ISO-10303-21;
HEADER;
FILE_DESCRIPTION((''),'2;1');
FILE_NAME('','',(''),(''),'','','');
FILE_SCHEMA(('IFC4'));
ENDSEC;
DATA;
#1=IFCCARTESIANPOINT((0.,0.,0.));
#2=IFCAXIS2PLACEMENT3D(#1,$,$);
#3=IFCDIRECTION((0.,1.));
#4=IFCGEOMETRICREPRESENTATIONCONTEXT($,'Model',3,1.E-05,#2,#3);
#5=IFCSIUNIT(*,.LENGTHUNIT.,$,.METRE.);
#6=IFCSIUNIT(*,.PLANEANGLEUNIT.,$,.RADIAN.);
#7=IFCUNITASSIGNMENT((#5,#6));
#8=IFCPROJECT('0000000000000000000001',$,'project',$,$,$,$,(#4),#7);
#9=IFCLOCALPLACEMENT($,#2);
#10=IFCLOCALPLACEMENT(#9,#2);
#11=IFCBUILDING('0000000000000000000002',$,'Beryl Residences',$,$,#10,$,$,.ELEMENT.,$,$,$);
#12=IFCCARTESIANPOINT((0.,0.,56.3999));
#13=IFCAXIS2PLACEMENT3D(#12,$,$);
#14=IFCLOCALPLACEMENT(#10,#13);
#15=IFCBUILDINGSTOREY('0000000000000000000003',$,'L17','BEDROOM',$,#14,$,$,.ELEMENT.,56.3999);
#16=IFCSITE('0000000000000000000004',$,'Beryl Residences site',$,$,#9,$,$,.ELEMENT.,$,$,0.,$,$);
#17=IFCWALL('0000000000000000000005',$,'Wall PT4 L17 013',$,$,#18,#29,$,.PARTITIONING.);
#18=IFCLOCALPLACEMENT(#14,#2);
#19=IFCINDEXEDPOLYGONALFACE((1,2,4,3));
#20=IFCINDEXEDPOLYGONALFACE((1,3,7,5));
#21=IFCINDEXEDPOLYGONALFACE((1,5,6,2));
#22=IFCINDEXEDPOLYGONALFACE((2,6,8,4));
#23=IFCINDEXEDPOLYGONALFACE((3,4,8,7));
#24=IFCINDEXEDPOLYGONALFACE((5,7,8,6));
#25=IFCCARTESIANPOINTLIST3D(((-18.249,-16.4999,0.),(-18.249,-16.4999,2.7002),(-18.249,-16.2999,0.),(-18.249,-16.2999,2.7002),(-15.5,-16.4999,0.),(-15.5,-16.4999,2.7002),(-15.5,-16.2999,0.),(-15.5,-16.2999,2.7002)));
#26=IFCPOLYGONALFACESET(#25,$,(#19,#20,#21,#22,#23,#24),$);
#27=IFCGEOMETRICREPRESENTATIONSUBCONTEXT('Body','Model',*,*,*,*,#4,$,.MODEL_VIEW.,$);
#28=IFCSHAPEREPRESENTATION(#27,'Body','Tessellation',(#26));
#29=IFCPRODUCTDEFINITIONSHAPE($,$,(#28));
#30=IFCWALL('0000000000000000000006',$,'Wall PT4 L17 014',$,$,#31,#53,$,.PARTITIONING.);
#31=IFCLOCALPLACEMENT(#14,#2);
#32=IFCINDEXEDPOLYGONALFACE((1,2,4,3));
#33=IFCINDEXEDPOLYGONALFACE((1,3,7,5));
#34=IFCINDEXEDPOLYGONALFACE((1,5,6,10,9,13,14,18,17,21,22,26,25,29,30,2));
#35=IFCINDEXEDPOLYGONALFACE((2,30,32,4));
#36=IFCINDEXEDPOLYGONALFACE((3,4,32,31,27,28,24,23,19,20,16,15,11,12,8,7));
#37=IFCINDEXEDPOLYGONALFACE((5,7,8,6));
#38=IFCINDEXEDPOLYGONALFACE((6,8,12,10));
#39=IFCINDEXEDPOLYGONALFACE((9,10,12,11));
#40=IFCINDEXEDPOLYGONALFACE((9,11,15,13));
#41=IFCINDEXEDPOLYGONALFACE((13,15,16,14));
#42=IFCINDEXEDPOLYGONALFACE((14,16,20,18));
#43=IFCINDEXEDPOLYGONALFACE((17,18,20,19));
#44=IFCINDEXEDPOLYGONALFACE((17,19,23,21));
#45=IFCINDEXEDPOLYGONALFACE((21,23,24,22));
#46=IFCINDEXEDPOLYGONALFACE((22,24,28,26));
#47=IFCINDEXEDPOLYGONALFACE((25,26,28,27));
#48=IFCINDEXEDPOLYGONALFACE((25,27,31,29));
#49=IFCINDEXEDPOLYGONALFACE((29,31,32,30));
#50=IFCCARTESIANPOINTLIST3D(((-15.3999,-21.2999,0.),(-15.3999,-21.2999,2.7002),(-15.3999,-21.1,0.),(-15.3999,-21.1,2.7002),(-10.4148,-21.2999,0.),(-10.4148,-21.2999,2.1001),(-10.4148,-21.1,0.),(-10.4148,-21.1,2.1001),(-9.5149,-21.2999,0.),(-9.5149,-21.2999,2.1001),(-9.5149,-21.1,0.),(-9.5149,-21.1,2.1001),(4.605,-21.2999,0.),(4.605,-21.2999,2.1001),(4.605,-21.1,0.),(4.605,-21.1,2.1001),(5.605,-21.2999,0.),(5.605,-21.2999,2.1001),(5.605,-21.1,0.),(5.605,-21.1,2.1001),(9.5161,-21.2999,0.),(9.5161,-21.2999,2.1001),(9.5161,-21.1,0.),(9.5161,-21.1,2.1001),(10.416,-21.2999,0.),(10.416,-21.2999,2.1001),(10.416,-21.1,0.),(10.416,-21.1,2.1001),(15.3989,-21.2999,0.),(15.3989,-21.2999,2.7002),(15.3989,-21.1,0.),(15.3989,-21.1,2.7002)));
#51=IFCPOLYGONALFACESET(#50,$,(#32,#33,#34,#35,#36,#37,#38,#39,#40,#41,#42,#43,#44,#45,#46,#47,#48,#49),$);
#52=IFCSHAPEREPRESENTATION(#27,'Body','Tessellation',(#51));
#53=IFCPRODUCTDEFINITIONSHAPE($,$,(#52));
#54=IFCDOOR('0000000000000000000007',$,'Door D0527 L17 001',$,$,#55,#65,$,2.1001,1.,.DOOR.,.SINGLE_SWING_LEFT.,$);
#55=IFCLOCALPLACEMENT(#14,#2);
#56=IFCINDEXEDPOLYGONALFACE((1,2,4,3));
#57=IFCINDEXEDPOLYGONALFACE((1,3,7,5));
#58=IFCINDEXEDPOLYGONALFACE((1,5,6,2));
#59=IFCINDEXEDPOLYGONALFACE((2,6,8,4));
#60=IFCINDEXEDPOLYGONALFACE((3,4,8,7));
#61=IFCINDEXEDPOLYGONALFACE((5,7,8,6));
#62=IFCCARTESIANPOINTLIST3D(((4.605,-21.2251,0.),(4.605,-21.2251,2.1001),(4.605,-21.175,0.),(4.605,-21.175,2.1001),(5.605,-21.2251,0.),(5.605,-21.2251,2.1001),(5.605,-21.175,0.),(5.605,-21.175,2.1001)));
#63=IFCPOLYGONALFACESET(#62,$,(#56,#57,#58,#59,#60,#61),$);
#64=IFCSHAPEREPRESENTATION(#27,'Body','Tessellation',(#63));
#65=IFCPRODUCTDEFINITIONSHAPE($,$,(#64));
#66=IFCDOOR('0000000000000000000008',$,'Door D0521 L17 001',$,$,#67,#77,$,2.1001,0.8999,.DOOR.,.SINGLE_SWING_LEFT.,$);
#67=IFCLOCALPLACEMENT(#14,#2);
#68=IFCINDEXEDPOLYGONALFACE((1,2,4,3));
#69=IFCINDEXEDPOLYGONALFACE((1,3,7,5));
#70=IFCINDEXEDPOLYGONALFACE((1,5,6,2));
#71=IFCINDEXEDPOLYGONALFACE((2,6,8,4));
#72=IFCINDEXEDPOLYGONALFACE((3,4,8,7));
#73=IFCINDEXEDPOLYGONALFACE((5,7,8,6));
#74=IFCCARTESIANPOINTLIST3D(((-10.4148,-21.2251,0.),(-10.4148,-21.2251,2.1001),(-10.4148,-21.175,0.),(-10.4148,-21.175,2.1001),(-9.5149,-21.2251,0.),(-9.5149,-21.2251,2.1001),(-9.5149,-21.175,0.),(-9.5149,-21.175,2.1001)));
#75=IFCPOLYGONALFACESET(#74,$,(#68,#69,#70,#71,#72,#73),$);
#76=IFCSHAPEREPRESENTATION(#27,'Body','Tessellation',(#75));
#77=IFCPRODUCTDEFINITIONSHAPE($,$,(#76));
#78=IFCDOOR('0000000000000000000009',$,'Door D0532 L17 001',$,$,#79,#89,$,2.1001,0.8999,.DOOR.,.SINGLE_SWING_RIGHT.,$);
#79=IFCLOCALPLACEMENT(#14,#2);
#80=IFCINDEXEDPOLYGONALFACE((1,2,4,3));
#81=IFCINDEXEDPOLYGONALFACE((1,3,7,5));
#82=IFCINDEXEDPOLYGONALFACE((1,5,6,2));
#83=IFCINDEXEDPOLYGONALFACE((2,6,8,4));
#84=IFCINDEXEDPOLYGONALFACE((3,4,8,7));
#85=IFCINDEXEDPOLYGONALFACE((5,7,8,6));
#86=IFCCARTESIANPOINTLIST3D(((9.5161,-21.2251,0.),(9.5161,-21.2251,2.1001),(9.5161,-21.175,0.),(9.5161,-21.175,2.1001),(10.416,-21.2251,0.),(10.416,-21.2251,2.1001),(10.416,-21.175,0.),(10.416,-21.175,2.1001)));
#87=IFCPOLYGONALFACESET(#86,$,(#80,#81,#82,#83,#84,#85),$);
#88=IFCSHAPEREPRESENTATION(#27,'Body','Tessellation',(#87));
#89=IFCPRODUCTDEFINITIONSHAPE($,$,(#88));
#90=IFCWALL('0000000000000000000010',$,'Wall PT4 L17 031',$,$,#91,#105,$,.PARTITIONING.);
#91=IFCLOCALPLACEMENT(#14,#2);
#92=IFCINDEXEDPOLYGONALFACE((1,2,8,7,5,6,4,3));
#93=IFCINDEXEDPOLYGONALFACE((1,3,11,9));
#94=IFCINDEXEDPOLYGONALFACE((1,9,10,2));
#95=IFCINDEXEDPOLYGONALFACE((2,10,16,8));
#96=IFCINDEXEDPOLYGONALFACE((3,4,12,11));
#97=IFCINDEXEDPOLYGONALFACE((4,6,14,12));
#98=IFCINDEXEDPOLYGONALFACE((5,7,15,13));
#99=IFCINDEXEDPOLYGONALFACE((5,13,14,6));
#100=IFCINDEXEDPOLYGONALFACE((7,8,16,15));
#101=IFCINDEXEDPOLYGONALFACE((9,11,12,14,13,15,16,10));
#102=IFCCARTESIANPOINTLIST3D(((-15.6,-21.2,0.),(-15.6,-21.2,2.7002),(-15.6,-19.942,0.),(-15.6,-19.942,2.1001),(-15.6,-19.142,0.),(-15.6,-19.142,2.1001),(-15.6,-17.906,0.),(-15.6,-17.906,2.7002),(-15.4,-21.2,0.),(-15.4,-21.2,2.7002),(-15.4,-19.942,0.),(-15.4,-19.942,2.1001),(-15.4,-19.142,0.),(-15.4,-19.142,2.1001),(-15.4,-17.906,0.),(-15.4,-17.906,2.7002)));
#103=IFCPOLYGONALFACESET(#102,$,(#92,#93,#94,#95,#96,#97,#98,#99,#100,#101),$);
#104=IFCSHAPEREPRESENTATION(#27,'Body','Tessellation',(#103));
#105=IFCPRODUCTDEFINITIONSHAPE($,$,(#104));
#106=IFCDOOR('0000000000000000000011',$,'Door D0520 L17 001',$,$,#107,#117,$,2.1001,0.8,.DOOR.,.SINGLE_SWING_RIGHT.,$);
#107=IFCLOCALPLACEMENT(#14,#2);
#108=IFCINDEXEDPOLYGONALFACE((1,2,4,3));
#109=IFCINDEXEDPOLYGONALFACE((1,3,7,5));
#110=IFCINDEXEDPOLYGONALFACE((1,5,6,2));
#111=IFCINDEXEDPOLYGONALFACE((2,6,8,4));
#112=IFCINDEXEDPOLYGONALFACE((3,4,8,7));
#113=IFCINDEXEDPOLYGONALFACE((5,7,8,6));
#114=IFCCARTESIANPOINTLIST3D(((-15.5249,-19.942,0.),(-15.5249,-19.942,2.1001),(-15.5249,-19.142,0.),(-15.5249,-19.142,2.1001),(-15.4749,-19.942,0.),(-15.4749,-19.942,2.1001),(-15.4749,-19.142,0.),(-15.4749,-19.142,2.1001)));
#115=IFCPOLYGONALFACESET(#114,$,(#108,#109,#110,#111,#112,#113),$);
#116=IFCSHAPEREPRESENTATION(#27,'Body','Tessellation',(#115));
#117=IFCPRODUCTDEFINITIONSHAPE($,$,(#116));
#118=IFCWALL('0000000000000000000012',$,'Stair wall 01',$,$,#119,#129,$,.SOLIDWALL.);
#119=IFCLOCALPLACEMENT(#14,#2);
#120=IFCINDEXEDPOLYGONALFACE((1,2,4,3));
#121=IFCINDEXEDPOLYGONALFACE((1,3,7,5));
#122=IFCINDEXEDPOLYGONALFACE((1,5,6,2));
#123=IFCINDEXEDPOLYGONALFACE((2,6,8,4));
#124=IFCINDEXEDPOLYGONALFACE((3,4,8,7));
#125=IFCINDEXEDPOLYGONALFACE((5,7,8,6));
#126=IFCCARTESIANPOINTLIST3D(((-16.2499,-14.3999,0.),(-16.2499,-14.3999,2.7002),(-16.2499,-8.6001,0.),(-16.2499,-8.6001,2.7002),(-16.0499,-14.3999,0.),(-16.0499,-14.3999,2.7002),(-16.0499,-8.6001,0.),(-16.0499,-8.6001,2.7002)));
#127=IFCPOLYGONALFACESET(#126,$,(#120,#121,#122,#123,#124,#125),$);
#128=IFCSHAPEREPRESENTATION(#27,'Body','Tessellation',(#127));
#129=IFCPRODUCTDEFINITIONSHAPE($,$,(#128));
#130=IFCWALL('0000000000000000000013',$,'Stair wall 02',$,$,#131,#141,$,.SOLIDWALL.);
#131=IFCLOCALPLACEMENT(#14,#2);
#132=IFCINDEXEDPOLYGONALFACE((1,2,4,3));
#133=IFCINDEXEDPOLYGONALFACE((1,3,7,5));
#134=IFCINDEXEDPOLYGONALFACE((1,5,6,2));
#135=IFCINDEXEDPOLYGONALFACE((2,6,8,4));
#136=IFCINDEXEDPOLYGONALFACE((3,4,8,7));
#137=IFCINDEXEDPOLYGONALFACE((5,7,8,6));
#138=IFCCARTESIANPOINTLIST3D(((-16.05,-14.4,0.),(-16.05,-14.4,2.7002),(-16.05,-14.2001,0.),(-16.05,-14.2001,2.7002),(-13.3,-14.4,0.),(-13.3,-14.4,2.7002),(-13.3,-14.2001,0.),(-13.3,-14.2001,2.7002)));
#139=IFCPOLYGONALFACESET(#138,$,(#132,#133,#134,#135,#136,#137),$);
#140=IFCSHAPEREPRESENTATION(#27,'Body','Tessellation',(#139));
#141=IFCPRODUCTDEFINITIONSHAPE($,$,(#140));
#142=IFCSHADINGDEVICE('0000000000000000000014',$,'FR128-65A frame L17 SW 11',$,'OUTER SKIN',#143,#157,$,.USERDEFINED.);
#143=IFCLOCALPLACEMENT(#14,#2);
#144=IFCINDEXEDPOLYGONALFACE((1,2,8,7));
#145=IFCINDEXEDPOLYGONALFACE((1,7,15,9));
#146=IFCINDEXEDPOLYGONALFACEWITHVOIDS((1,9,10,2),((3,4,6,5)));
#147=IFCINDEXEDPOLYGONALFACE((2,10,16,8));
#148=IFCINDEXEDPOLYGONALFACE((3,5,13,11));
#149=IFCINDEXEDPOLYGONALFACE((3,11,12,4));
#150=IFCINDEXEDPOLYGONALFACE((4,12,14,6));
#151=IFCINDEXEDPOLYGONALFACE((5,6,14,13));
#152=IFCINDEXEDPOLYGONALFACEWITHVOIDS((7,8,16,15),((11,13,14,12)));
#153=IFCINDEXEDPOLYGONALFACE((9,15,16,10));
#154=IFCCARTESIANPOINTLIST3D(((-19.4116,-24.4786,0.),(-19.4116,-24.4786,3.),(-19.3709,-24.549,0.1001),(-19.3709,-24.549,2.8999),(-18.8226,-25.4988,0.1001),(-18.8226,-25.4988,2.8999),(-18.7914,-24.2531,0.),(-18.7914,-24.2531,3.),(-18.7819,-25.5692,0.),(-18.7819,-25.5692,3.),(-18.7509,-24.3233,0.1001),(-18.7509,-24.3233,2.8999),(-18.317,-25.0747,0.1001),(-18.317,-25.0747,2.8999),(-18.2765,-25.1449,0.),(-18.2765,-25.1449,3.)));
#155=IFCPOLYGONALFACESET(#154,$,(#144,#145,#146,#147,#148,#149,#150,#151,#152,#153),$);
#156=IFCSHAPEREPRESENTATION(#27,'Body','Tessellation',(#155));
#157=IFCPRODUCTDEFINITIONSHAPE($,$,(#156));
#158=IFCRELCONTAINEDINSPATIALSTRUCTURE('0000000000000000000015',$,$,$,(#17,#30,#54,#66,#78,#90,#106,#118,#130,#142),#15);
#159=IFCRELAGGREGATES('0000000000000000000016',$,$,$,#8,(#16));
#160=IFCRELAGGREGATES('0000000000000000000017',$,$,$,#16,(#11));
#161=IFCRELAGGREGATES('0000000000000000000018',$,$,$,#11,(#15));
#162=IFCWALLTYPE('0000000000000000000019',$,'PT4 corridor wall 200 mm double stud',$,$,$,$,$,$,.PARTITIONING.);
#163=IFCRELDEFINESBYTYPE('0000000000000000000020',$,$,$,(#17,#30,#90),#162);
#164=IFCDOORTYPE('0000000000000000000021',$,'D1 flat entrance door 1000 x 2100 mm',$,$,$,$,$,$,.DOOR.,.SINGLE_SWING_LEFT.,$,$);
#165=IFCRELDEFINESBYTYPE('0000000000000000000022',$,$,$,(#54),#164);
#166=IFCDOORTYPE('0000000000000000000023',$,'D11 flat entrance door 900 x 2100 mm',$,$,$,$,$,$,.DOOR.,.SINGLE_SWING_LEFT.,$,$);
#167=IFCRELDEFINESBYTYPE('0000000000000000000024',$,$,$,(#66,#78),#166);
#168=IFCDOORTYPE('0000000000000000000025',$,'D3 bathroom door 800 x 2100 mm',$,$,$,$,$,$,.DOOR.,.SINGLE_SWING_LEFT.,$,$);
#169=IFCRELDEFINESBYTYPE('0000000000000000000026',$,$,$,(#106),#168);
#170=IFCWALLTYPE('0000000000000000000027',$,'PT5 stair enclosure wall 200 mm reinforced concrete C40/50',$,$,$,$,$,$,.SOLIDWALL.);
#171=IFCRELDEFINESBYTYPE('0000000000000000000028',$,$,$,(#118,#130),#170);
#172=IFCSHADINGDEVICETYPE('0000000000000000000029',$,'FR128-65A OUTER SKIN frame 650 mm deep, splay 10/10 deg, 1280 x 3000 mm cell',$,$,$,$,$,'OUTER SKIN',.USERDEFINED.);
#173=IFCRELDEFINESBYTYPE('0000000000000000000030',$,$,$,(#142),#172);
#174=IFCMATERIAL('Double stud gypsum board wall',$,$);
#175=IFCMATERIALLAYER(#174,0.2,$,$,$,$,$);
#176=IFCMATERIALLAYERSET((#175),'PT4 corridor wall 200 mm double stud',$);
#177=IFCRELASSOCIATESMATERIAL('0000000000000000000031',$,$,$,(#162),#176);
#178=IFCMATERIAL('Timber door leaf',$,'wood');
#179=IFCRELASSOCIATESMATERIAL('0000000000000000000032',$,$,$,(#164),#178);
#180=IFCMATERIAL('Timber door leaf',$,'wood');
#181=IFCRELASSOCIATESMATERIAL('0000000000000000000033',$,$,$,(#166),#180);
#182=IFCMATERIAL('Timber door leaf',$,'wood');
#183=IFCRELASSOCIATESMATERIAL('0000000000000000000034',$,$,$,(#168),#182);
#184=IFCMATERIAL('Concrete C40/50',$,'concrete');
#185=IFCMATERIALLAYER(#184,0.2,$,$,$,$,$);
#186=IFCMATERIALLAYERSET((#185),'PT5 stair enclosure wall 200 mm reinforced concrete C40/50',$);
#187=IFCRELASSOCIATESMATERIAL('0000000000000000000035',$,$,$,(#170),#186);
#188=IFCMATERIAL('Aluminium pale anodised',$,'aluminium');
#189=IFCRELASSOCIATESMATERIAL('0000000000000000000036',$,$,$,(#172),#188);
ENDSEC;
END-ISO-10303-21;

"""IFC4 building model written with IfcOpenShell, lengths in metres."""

from ifc_helpers import new_model, entity, si_unit, direction, frame, frame_2d, origin, place, context, subcontext, project, spatial, rectangle, extrude, source, transform, mapped, material, layer, layer_set, type_object, type_shapes, element, fill, save


model = new_model("IFC4")

# Units and contexts
model_context = context("Model", 3, precision=1e-05, world=origin(), true_north=direction((0.0, 1.0)))
body_context = subcontext(model_context, "Body", "Model", "MODEL_VIEW")
ifc_project = project(units=[si_unit("LENGTHUNIT", "METRE"), si_unit("PLANEANGLEUNIT", "RADIAN")], contexts=[model_context])

# Site, building, storey
site_placement = place(None, origin())
site = spatial("IfcSite", under=ifc_project, at=site_placement, Name="Beryl Residences site", CompositionType="ELEMENT", RefElevation=0.0)
building_placement = place(site_placement, origin())
building = spatial("IfcBuilding", under=site, at=building_placement, Name="Beryl Residences", CompositionType="ELEMENT")
storey_placement = place(building_placement, frame((0.0, 0.0, 56.3999)))
storey = spatial("IfcBuildingStorey", under=building, at=storey_placement, Name="L17", Description="BEDROOM", CompositionType="ELEMENT", Elevation=56.3999)

# Wall
ifc_material_1 = material(Name="Double stud gypsum board wall")
ifc_layer_1 = layer(ifc_material_1, 0.2)
ifc_layer_set_1 = layer_set([ifc_layer_1], Name="PT4 corridor wall 200 mm double stud")
wall_type_1 = type_object("IfcWallType", Name="PT4 corridor wall 200 mm double stud", PredefinedType="PARTITIONING", material=ifc_layer_set_1)
wall_1_placement = place(storey_placement, frame((-18.249, -16.3999, 0.0), z_axis=(0.0, 0.0, 1.0), x_axis=(1.0, 0.0, 0.0)))
element("IfcWall", 1, at=wall_1_placement, inside=storey, type_object=wall_type_1, Name="Wall PT4 L17 013", PredefinedType="PARTITIONING", context=body_context, shape_type="SweptSolid", body=[
    extrude(rectangle(XDim=2.749, YDim=0.2, at=frame_2d((1.3745, 0.0))), origin(), (0.0, 0.0, 1.0), 2.7002),
])

# Wall, openings, doors
wall_2_placement = place(storey_placement, frame((-15.3999, -21.2, 0.0), z_axis=(0.0, 0.0, 1.0), x_axis=(1.0, 0.0, 0.0)))
wall_2 = element("IfcWall", 2, at=wall_2_placement, inside=storey, type_object=wall_type_1, Name="Wall PT4 L17 014", PredefinedType="PARTITIONING", context=body_context, shape_type="SweptSolid", body=[
    extrude(rectangle(XDim=30.7988, YDim=0.2, at=frame_2d((15.3994, 0.0))), origin(), (0.0, 0.0, 1.0), 2.7002),
])
opening_1_placement = place(wall_2_placement, frame((4.9851, 0.0, 0.0)))
opening_1 = element("IfcOpeningElement", 3, at=opening_1_placement, cuts=wall_2, PredefinedType="OPENING", context=body_context, shape_type="SweptSolid", body=[
    extrude(rectangle(XDim=0.8999, YDim=2.1001, at=frame_2d((0.45, 1.05))), frame((0.0, 0.1099, 0.0), z_axis=(0.0, -1.0, 0.0), x_axis=(1.0, 0.0, 0.0)), (0.0, 0.0, 1.0), 0.22),
])
opening_2_placement = place(wall_2_placement, frame((20.0049, 0.0, 0.0)))
opening_2 = element("IfcOpeningElement", 4, at=opening_2_placement, cuts=wall_2, PredefinedType="OPENING", context=body_context, shape_type="SweptSolid", body=[
    extrude(rectangle(XDim=1.0, YDim=2.1001, at=frame_2d((0.5, 1.05))), frame((0.0, 0.1099, 0.0), z_axis=(0.0, -1.0, 0.0), x_axis=(1.0, 0.0, 0.0)), (0.0, 0.0, 1.0), 0.22),
])
opening_3_placement = place(wall_2_placement, frame((24.916, 0.0, 0.0)))
opening_3 = element("IfcOpeningElement", 5, at=opening_3_placement, cuts=wall_2, PredefinedType="OPENING", context=body_context, shape_type="SweptSolid", body=[
    extrude(rectangle(XDim=0.8999, YDim=2.1001, at=frame_2d((0.45, 1.05))), frame((0.0, 0.1099, 0.0), z_axis=(0.0, -1.0, 0.0), x_axis=(1.0, 0.0, 0.0)), (0.0, 0.0, 1.0), 0.22),
])
ifc_material_2 = material(Name="Timber door leaf", Category="wood")
door_type_1 = type_object("IfcDoorType", Name="D1 flat entrance door 1000 x 2100 mm", OperationType="SINGLE_SWING_LEFT", PredefinedType="DOOR", material=ifc_material_2)
door_1_placement = place(opening_2_placement, origin())
door_1 = element("IfcDoor", 6, at=door_1_placement, inside=storey, type_object=door_type_1, Name="Door D0527 L17 001", OperationType="SINGLE_SWING_LEFT", OverallHeight=2.1001, OverallWidth=1.0, PredefinedType="DOOR", context=body_context, shape_type="SweptSolid", body=[
    extrude(rectangle(XDim=1.0, YDim=2.1001, at=frame_2d((0.5, 1.05))), frame((0.0, 0.0249, 0.0), z_axis=(0.0, -1.0, 0.0), x_axis=(1.0, 0.0, 0.0)), (0.0, 0.0, 1.0), 0.05),
])
fill(opening_2, door_1)
ifc_material_3 = material(Name="Timber door leaf", Category="wood")
door_type_2 = type_object("IfcDoorType", Name="D11 flat entrance door 900 x 2100 mm", OperationType="SINGLE_SWING_LEFT", PredefinedType="DOOR", material=ifc_material_3)
door_2_placement = place(opening_1_placement, origin())
door_2 = element("IfcDoor", 7, at=door_2_placement, inside=storey, type_object=door_type_2, Name="Door D0521 L17 001", OperationType="SINGLE_SWING_LEFT", OverallHeight=2.1001, OverallWidth=0.8999, PredefinedType="DOOR", context=body_context, shape_type="SweptSolid", body=[
    extrude(rectangle(XDim=0.8999, YDim=2.1001, at=frame_2d((0.45, 1.05))), frame((0.0, 0.0249, 0.0), z_axis=(0.0, -1.0, 0.0), x_axis=(1.0, 0.0, 0.0)), (0.0, 0.0, 1.0), 0.05),
])
fill(opening_1, door_2)
door_3_placement = place(opening_3_placement, origin())
door_3 = element("IfcDoor", 8, at=door_3_placement, inside=storey, type_object=door_type_2, Name="Door D0532 L17 001", OperationType="SINGLE_SWING_RIGHT", OverallHeight=2.1001, OverallWidth=0.8999, PredefinedType="DOOR", context=body_context, shape_type="SweptSolid", body=[
    extrude(rectangle(XDim=0.8999, YDim=2.1001, at=frame_2d((0.45, 1.05))), frame((0.0, 0.0249, 0.0), z_axis=(0.0, -1.0, 0.0), x_axis=(1.0, 0.0, 0.0)), (0.0, 0.0, 1.0), 0.05),
])
fill(opening_3, door_3)

# Wall, opening, door
wall_3_placement = place(storey_placement, frame((-15.5, -21.2, 0.0), z_axis=(0.0, 0.0, 1.0), x_axis=(0.0, 1.0, 0.0)))
wall_3 = element("IfcWall", 9, at=wall_3_placement, inside=storey, type_object=wall_type_1, Name="Wall PT4 L17 031", PredefinedType="PARTITIONING", context=body_context, shape_type="SweptSolid", body=[
    extrude(rectangle(XDim=3.2939, YDim=0.2, at=frame_2d((1.647, 0.0))), origin(), (0.0, 0.0, 1.0), 2.7002),
])
opening_4_placement = place(wall_3_placement, frame((1.2581, 0.0, 0.0)))
opening_4 = element("IfcOpeningElement", 10, at=opening_4_placement, cuts=wall_3, PredefinedType="OPENING", context=body_context, shape_type="SweptSolid", body=[
    extrude(rectangle(XDim=0.8, YDim=2.1001, at=frame_2d((0.3999, 1.05))), frame((0.0, 0.1099, 0.0), z_axis=(0.0, -1.0, 0.0), x_axis=(1.0, 0.0, 0.0)), (0.0, 0.0, 1.0), 0.22),
])
ifc_material_4 = material(Name="Timber door leaf", Category="wood")
door_type_3 = type_object("IfcDoorType", Name="D3 bathroom door 800 x 2100 mm", OperationType="SINGLE_SWING_LEFT", PredefinedType="DOOR", material=ifc_material_4)
door_4_placement = place(opening_4_placement, origin())
door_4 = element("IfcDoor", 11, at=door_4_placement, inside=storey, type_object=door_type_3, Name="Door D0520 L17 001", OperationType="SINGLE_SWING_RIGHT", OverallHeight=2.1001, OverallWidth=0.8, PredefinedType="DOOR", context=body_context, shape_type="SweptSolid", body=[
    extrude(rectangle(XDim=0.8, YDim=2.1001, at=frame_2d((0.3999, 1.05))), frame((0.0, 0.0249, 0.0), z_axis=(0.0, -1.0, 0.0), x_axis=(1.0, 0.0, 0.0)), (0.0, 0.0, 1.0), 0.05),
])
fill(opening_4, door_4)

# Walls
ifc_material_5 = material(Name="Concrete C40/50", Category="concrete")
ifc_layer_2 = layer(ifc_material_5, 0.2)
ifc_layer_set_2 = layer_set([ifc_layer_2], Name="PT5 stair enclosure wall 200 mm reinforced concrete C40/50")
wall_type_2 = type_object("IfcWallType", Name="PT5 stair enclosure wall 200 mm reinforced concrete C40/50", PredefinedType="SOLIDWALL", material=ifc_layer_set_2)
wall_4_placement = place(storey_placement, frame((-16.1499, -14.3999, 0.0), z_axis=(0.0, 0.0, 1.0), x_axis=(0.0, 1.0, 0.0)))
element("IfcWall", 12, at=wall_4_placement, inside=storey, type_object=wall_type_2, Name="Stair wall 01", PredefinedType="SOLIDWALL", context=body_context, shape_type="SweptSolid", body=[
    extrude(rectangle(XDim=5.7998, YDim=0.2, at=frame_2d((2.8999, 0.0))), origin(), (0.0, 0.0, 1.0), 2.7002),
])
wall_5_placement = place(storey_placement, frame((-16.05, -14.3, 0.0), z_axis=(0.0, 0.0, 1.0), x_axis=(1.0, 0.0, 0.0)))
element("IfcWall", 13, at=wall_5_placement, inside=storey, type_object=wall_type_2, Name="Stair wall 02", PredefinedType="SOLIDWALL", context=body_context, shape_type="SweptSolid", body=[
    extrude(rectangle(XDim=2.75, YDim=0.2, at=frame_2d((1.375, 0.0))), origin(), (0.0, 0.0, 1.0), 2.7002),
])

# Shading device
ifc_material_6 = material(Name="Aluminium pale anodised", Category="aluminium")
shading_device_type_1 = type_object("IfcShadingDeviceType", Name="FR128-65A OUTER SKIN frame 650 mm deep, splay 10/10 deg, 1280 x 3000 mm cell", ElementType="OUTER SKIN", PredefinedType="USERDEFINED", material=ifc_material_6)
cartesian_point_1 = entity("IfcCartesianPoint", [-0.5149, 0.0])
cartesian_point_2 = entity("IfcCartesianPoint", [-0.4338, 0.1001])
cartesian_point_3 = entity("IfcCartesianPoint", [-0.6296, 0.0])
cartesian_point_4 = entity("IfcCartesianPoint", [-0.5483, 0.1001])
shared_shape_1 = source(origin(), body_context, "Body", "SweptSolid", [
    entity("IfcExtrudedAreaSolidTapered", entity("IfcArbitraryProfileDefWithVoids", "AREA", None, entity("IfcPolyline", [cartesian_point_1, entity("IfcCartesianPoint", [0.5149, 0.0]), entity("IfcCartesianPoint", [0.5149, 3.0]), entity("IfcCartesianPoint", [-0.5149, 3.0]), cartesian_point_1]), [entity("IfcPolyline", [cartesian_point_2, entity("IfcCartesianPoint", [0.4338, 0.1001]), entity("IfcCartesianPoint", [0.4338, 2.8999]), entity("IfcCartesianPoint", [-0.4338, 2.8999]), cartesian_point_2])]), entity("IfcAxis2Placement3D", entity("IfcCartesianPoint", [0.0, 0.0, 0.0]), entity("IfcDirection", [0.0, 1.0, 0.0]), entity("IfcDirection", [-1.0, 0.0, 0.0])), entity("IfcDirection", [0.0, 0.0, 1.0]), 0.6499, entity("IfcArbitraryProfileDefWithVoids", "AREA", None, entity("IfcPolyline", [cartesian_point_3, entity("IfcCartesianPoint", [0.6296, 0.0]), entity("IfcCartesianPoint", [0.6296, 3.0]), entity("IfcCartesianPoint", [-0.6296, 3.0]), cartesian_point_3]), [entity("IfcPolyline", [cartesian_point_4, entity("IfcCartesianPoint", [0.5483, 0.1001]), entity("IfcCartesianPoint", [0.5483, 2.8999]), entity("IfcCartesianPoint", [-0.5483, 2.8999]), cartesian_point_4])])),
])
type_shapes(shading_device_type_1, [shared_shape_1])
shading_device_1_placement = place(storey_placement, frame((-18.5339, -24.699, 0.0), z_axis=(0.0, 0.0, 1.0), x_axis=(-0.5, 0.866025, 0.0)))
element("IfcShadingDevice", 14, at=shading_device_1_placement, inside=storey, type_object=shading_device_type_1, Name="FR128-65A frame L17 SW 11", ObjectType="OUTER SKIN", PredefinedType="USERDEFINED", context=body_context, shape_type="MappedRepresentation", body=[
    mapped(shared_shape_1, transform((0.0, 0.0, 0.0))),
])

save(model, "model.ifc")
